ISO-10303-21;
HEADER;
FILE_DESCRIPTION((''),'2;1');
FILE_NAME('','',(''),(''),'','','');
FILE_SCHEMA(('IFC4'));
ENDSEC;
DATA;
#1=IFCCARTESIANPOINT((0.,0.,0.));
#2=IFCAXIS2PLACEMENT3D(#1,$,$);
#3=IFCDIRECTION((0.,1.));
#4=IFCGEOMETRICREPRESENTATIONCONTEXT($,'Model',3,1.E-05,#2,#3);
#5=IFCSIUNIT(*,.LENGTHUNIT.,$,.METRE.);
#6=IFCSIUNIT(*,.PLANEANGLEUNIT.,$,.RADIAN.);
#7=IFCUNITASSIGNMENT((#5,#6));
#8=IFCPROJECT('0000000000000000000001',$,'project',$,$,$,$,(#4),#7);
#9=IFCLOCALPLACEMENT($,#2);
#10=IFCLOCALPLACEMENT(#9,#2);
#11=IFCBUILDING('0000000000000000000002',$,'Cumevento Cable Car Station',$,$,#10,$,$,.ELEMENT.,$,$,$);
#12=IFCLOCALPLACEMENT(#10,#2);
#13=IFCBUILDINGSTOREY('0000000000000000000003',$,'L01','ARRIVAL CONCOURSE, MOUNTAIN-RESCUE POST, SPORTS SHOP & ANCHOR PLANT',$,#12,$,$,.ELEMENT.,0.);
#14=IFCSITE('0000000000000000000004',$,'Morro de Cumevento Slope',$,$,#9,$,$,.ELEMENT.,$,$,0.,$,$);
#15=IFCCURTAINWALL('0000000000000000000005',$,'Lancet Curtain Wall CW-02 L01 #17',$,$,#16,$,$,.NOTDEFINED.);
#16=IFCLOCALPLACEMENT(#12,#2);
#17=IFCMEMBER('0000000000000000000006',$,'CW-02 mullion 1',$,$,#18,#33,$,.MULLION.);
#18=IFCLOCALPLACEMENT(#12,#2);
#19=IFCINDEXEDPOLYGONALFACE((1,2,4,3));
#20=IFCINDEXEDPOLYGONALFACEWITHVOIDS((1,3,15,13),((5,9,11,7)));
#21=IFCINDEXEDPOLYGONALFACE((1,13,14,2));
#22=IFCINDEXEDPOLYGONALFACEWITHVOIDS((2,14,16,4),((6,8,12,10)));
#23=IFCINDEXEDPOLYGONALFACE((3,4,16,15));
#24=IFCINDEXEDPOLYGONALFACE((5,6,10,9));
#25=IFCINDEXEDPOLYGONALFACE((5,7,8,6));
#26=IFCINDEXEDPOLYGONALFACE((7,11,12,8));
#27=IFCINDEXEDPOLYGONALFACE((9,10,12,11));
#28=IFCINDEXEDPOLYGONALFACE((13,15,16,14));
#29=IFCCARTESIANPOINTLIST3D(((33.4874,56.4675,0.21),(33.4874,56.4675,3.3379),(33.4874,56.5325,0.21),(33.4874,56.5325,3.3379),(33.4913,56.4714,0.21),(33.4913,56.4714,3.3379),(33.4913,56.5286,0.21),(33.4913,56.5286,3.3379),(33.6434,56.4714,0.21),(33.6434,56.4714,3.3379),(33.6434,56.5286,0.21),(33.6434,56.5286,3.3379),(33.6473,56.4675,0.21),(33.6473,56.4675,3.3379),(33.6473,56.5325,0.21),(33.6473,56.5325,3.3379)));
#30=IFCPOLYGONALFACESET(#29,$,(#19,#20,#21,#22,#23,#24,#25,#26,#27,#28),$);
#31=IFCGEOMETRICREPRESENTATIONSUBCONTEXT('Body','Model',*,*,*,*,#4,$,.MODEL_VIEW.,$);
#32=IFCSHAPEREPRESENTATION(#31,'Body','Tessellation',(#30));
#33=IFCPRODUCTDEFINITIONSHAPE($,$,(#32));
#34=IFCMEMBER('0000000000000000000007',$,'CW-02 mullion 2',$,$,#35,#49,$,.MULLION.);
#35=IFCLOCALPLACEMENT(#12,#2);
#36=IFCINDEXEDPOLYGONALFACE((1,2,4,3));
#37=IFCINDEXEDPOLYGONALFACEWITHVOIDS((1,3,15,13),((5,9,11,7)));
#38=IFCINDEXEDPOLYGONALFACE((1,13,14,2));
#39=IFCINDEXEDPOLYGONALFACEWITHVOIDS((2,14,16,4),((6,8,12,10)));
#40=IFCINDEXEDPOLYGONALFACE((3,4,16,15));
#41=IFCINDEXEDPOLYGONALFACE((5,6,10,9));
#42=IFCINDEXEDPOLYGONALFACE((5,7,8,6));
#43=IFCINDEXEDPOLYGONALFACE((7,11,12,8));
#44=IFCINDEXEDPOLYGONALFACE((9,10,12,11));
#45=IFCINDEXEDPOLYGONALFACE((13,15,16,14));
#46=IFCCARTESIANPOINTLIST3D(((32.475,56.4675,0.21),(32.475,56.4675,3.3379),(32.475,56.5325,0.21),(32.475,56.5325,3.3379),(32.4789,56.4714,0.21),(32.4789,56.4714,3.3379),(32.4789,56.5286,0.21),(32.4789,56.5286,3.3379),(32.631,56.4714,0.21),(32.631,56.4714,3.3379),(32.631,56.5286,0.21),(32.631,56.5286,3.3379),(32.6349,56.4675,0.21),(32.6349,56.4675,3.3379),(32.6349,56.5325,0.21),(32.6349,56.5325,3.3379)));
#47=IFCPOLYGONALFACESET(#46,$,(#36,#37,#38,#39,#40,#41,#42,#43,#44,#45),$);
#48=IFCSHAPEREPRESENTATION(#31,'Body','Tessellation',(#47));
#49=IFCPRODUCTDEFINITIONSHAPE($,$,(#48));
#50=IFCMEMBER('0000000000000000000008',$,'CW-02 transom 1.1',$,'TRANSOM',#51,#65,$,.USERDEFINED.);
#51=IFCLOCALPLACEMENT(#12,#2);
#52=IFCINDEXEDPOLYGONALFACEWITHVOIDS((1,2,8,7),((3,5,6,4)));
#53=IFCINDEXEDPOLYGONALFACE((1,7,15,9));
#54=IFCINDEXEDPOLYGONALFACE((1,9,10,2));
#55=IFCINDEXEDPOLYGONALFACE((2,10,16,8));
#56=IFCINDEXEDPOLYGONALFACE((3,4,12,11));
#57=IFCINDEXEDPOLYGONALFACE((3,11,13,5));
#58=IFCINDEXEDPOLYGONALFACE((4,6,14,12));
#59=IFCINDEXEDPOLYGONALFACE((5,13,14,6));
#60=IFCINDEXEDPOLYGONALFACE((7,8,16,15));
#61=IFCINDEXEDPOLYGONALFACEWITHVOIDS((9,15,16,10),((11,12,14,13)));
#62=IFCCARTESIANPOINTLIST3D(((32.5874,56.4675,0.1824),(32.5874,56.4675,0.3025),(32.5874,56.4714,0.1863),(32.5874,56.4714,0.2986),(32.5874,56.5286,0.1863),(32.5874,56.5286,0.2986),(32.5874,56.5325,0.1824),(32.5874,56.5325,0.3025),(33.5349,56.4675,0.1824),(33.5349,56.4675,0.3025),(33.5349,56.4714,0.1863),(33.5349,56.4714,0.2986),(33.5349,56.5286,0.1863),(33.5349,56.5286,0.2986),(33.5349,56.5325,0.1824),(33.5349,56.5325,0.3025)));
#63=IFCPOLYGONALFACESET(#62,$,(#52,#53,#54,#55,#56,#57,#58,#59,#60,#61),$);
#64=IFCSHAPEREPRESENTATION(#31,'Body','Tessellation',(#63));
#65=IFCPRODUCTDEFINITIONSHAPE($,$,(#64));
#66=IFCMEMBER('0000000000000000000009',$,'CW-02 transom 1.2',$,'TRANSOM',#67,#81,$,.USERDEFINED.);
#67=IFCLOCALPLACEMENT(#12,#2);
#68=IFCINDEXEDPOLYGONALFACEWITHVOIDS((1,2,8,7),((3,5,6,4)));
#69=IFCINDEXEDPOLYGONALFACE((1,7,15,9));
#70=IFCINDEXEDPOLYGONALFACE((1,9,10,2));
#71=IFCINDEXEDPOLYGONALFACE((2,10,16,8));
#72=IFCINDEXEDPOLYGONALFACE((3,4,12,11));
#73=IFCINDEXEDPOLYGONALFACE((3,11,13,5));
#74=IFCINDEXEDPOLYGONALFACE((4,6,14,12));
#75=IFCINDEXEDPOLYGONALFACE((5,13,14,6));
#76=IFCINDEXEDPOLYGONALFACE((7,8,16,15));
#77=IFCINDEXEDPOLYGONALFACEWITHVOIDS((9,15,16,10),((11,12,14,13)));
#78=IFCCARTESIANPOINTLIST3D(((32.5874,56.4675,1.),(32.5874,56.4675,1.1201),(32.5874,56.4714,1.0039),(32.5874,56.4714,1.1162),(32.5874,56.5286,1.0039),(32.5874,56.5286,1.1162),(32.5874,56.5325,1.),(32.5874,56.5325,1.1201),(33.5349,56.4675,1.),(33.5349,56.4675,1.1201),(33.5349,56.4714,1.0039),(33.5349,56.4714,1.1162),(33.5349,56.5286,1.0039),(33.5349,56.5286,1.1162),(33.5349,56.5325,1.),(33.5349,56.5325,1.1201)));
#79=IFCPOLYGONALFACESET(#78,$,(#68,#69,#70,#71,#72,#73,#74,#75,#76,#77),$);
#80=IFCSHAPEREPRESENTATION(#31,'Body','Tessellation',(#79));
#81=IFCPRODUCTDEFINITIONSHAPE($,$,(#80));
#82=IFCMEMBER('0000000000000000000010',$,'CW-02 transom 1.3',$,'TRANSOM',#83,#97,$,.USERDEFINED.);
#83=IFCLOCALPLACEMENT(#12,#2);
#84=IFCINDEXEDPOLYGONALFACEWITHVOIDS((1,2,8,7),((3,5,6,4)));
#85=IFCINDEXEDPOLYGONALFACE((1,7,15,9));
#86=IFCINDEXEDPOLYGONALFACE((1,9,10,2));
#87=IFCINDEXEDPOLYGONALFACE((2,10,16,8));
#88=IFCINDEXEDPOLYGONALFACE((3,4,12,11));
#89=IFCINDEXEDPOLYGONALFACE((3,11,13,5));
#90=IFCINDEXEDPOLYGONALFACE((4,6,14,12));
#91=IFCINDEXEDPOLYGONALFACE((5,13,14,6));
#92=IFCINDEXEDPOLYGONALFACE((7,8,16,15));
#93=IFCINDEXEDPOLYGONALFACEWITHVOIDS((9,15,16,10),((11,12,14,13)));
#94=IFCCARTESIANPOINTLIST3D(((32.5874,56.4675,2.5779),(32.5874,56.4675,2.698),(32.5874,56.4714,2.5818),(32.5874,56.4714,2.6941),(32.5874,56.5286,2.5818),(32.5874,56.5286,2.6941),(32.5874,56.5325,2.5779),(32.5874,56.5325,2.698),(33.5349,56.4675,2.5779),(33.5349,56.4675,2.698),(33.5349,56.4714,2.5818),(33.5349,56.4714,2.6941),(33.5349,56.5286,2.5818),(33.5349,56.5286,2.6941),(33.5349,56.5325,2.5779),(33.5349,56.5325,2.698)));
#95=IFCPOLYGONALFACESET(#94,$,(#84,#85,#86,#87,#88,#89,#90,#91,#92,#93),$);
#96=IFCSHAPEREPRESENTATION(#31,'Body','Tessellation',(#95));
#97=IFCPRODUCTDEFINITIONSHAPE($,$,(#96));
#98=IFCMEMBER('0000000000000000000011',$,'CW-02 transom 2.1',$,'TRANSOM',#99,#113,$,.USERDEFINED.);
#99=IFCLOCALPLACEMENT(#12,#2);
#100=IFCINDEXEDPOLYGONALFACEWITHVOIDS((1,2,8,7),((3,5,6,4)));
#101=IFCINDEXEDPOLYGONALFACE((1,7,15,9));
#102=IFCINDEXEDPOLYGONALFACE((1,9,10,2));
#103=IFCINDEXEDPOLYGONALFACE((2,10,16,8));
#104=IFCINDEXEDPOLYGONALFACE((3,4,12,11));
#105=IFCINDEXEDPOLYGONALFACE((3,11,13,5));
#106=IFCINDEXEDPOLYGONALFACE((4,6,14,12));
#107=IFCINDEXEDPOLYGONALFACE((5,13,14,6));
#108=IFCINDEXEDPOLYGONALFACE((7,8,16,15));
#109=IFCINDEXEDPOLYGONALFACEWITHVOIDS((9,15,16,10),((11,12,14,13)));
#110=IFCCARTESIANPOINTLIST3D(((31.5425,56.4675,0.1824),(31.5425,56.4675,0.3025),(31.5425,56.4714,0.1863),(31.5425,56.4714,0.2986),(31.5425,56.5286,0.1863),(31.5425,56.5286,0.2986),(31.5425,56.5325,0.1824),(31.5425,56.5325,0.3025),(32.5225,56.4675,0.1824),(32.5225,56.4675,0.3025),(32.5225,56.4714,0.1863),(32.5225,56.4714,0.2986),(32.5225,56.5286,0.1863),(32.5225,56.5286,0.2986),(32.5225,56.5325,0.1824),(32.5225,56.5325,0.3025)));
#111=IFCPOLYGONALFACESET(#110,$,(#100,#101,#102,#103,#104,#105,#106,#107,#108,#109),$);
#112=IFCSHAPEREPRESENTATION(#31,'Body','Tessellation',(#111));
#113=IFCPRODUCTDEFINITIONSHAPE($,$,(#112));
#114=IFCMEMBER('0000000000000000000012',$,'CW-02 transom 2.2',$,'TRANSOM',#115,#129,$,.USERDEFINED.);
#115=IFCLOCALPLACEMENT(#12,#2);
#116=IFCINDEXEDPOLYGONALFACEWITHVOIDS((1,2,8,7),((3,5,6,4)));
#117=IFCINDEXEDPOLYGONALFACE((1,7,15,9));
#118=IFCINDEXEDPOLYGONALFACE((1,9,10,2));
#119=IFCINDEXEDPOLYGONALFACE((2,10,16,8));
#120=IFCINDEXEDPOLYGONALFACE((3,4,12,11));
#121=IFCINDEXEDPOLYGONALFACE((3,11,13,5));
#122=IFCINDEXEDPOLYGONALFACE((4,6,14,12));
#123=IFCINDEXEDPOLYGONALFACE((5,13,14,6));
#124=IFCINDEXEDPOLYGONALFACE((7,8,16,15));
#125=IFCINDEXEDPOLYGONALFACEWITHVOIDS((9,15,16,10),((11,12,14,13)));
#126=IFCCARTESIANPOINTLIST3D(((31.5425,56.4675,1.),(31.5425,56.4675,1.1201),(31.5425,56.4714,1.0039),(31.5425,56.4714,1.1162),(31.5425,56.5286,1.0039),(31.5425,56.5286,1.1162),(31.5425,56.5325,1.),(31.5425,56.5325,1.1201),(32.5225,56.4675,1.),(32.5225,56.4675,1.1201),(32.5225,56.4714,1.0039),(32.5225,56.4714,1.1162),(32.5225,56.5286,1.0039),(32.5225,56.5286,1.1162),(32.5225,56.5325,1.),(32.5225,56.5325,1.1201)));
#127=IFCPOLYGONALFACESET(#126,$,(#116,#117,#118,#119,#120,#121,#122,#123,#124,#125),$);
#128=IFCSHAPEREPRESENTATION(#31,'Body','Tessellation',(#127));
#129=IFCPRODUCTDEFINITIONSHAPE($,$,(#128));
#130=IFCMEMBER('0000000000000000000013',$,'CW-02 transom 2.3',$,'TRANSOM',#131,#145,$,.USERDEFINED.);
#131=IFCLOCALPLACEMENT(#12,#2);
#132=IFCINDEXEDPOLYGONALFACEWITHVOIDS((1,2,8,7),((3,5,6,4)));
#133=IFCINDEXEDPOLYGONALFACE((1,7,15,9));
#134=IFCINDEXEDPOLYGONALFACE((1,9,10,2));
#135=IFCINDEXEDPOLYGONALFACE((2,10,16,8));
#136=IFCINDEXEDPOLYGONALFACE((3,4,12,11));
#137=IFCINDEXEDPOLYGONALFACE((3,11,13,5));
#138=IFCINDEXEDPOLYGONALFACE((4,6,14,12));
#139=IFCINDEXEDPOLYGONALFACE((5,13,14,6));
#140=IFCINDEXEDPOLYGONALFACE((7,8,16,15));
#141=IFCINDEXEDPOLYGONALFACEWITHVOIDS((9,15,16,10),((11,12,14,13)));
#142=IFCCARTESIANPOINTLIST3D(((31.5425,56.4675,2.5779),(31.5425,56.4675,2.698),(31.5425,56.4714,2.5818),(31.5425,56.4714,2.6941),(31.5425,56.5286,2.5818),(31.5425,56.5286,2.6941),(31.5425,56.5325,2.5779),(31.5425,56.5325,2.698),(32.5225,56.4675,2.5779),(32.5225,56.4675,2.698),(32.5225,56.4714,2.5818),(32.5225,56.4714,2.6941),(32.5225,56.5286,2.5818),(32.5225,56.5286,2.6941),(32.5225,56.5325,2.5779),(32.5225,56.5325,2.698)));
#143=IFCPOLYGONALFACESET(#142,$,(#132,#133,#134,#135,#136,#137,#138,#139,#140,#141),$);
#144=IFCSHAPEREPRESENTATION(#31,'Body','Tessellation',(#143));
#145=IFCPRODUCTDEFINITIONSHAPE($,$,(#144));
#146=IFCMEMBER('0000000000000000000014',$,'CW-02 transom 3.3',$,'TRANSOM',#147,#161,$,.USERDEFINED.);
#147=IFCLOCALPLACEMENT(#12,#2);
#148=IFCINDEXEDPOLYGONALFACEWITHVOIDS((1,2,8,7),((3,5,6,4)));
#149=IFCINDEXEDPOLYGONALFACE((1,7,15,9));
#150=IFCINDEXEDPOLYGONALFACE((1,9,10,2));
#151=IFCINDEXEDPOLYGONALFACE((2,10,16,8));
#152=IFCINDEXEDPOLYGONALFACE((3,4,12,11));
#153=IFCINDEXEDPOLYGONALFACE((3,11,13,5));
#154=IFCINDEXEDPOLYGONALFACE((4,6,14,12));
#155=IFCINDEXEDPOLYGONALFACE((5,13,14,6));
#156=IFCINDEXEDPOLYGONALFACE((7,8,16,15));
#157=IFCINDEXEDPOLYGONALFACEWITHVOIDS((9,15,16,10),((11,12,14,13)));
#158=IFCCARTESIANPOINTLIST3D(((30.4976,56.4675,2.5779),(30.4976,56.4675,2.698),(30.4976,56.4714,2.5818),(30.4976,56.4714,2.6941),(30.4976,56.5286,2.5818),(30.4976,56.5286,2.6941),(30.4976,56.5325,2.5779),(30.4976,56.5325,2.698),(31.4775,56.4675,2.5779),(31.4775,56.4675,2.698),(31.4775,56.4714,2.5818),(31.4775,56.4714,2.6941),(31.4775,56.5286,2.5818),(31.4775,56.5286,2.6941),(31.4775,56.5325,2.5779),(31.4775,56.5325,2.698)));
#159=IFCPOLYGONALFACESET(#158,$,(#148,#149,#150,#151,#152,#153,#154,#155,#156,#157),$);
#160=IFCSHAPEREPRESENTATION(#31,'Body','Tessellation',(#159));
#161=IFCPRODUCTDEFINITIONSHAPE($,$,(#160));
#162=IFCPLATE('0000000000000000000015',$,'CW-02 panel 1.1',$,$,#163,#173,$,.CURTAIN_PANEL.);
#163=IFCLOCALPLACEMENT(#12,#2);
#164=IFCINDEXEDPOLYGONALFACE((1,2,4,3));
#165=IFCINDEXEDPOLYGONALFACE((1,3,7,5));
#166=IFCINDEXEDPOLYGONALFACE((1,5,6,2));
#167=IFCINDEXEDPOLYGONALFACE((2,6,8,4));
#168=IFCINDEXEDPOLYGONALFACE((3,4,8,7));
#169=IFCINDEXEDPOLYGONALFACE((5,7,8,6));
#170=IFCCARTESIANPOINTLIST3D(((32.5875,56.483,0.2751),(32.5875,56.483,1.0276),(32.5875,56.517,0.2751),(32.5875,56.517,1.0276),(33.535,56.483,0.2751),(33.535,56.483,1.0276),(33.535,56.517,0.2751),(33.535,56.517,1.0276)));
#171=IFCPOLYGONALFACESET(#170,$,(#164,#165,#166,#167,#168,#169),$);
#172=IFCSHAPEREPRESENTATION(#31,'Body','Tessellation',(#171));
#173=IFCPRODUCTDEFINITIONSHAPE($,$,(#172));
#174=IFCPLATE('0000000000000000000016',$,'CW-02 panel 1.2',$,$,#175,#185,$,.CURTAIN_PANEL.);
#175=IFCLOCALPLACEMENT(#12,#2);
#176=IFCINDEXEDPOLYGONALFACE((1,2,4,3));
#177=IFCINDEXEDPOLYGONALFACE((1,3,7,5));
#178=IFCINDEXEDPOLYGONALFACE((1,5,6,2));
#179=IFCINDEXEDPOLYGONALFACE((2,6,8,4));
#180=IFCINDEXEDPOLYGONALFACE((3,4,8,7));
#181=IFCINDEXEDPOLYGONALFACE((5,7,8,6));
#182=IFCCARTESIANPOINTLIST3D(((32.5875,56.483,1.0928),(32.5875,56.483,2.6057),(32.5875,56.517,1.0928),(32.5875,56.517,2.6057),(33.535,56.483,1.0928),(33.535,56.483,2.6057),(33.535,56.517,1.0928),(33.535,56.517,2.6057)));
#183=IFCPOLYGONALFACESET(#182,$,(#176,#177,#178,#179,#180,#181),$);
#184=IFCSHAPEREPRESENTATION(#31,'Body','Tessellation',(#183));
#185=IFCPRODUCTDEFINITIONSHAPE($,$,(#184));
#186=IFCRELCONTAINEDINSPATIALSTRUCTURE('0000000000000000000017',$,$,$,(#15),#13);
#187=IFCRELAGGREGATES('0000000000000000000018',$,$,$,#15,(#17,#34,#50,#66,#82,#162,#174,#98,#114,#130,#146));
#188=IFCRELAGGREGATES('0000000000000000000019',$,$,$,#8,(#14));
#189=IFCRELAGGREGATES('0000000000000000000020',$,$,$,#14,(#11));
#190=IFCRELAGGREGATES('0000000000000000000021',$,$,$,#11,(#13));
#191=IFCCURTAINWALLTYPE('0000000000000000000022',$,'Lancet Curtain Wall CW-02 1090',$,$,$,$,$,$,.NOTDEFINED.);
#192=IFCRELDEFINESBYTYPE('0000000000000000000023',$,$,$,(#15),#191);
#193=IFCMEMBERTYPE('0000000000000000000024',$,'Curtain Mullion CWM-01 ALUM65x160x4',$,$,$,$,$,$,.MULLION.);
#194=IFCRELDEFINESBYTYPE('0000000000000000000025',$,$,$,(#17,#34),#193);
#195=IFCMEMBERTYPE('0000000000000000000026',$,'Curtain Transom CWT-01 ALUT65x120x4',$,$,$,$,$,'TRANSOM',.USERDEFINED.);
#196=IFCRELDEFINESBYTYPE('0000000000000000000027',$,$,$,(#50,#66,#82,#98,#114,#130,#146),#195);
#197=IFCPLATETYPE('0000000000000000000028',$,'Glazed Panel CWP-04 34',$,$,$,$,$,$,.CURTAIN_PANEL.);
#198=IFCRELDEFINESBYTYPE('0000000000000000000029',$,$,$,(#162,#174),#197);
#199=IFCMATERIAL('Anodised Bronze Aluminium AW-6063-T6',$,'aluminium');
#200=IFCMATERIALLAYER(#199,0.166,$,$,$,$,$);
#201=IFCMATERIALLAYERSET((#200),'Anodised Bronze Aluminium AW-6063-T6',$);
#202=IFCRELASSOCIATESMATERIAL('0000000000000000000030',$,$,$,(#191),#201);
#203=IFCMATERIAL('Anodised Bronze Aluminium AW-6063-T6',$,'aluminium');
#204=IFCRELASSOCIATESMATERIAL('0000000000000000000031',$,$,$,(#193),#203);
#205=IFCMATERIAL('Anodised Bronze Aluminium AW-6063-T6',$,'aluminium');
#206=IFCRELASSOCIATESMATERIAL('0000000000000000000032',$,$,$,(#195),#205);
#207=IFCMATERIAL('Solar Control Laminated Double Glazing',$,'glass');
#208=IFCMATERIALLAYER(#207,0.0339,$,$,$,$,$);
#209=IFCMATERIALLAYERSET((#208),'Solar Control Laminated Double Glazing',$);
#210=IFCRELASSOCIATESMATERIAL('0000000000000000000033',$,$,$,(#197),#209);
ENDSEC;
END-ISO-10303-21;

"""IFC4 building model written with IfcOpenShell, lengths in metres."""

from ifc_helpers import new_model, si_unit, direction, frame, origin, origin_2d, place, context, subcontext, project, spatial, rectangle, hollow_rectangle, extrude, material, layer, layer_set, material_profile, profile_set, type_object, element, aggregate, save


model = new_model("IFC4")

# Units and contexts
model_context = context("Model", 3, precision=1e-05, world=origin(), true_north=direction((0.0, 1.0)))
body_context = subcontext(model_context, "Body", "Model", "MODEL_VIEW")
ifc_project = project(units=[si_unit("LENGTHUNIT", "METRE"), si_unit("PLANEANGLEUNIT", "RADIAN")], contexts=[model_context])

# Site, building, storey
site_placement = place(None, origin())
site = spatial("IfcSite", under=ifc_project, at=site_placement, Name="Morro de Cumevento Slope", CompositionType="ELEMENT", RefElevation=0.0)
building_placement = place(site_placement, origin())
building = spatial("IfcBuilding", under=site, at=building_placement, Name="Cumevento Cable Car Station", CompositionType="ELEMENT")
storey_placement = place(building_placement, origin())
storey = spatial("IfcBuildingStorey", under=building, at=storey_placement, Name="L01", Description="ARRIVAL CONCOURSE, MOUNTAIN-RESCUE POST, SPORTS SHOP & ANCHOR PLANT", CompositionType="ELEMENT", Elevation=0.0)

# Curtain wall, members, plates
ifc_material_1 = material(Name="Anodised Bronze Aluminium AW-6063-T6", Category="aluminium")
ifc_layer_1 = layer(ifc_material_1, 0.166)
ifc_layer_set_1 = layer_set([ifc_layer_1], Name="Anodised Bronze Aluminium AW-6063-T6")
curtain_wall_type = type_object("IfcCurtainWallType", Name="Lancet Curtain Wall CW-02 1090", PredefinedType="NOTDEFINED", material=ifc_layer_set_1)
curtain_wall_placement = place(storey_placement, origin())
curtain_wall = element("IfcCurtainWall", 1, at=curtain_wall_placement, inside=storey, type_object=curtain_wall_type, Name="Lancet Curtain Wall CW-02 L01 #17", PredefinedType="NOTDEFINED")
ifc_material_2 = material(Name="Anodised Bronze Aluminium AW-6063-T6", Category="aluminium")
ifc_material_profile_1 = material_profile(ifc_material_2, hollow_rectangle(XDim=0.0649, YDim=0.1599, WallThickness=0.0039, at=origin_2d()), Name="ALUM65x160x4")
ifc_profile_set_1 = profile_set([ifc_material_profile_1], Name="Anodised Bronze Aluminium AW-6063-T6")
member_type_1 = type_object("IfcMemberType", Name="Curtain Mullion CWM-01 ALUM65x160x4", PredefinedType="MULLION", material=ifc_profile_set_1)
member_1_placement = place(storey_placement, frame((33.5674, 56.5, 0.21), z_axis=(0.0, 0.0, 1.0), x_axis=(0.0, -1.0, 0.0)))
member_1 = element("IfcMember", 2, at=member_1_placement, type_object=member_type_1, Name="CW-02 mullion 1", PredefinedType="MULLION", context=body_context, shape_type="SweptSolid", body=[
    extrude(hollow_rectangle(XDim=0.0649, YDim=0.1599, WallThickness=0.0039, at=origin_2d()), origin(), (0.0, 0.0, 1.0), 3.1279),
])
member_2_placement = place(storey_placement, frame((32.5549, 56.5, 0.21), z_axis=(0.0, 0.0, 1.0), x_axis=(0.0, -1.0, 0.0)))
member_2 = element("IfcMember", 3, at=member_2_placement, type_object=member_type_1, Name="CW-02 mullion 2", PredefinedType="MULLION", context=body_context, shape_type="SweptSolid", body=[
    extrude(hollow_rectangle(XDim=0.0649, YDim=0.1599, WallThickness=0.0039, at=origin_2d()), origin(), (0.0, 0.0, 1.0), 3.1279),
])
ifc_material_3 = material(Name="Anodised Bronze Aluminium AW-6063-T6", Category="aluminium")
ifc_material_profile_2 = material_profile(ifc_material_3, hollow_rectangle(XDim=0.0649, YDim=0.1201, WallThickness=0.0039, at=origin_2d()), Name="ALUT65x120x4")
ifc_profile_set_2 = profile_set([ifc_material_profile_2], Name="Anodised Bronze Aluminium AW-6063-T6")
member_type_2 = type_object("IfcMemberType", Name="Curtain Transom CWT-01 ALUT65x120x4", ElementType="TRANSOM", PredefinedType="USERDEFINED", material=ifc_profile_set_2)
member_3_placement = place(storey_placement, frame((33.5349, 56.5, 0.2424), z_axis=(-1.0, 0.0, 0.0), x_axis=(0.0, -1.0, 0.0)))
member_3 = element("IfcMember", 4, at=member_3_placement, type_object=member_type_2, Name="CW-02 transom 1.1", ObjectType="TRANSOM", PredefinedType="USERDEFINED", context=body_context, shape_type="SweptSolid", body=[
    extrude(hollow_rectangle(XDim=0.0649, YDim=0.1201, WallThickness=0.0039, at=origin_2d()), origin(), (0.0, 0.0, 1.0), 0.9475),
])
member_4_placement = place(storey_placement, frame((33.5349, 56.5, 1.0601), z_axis=(-1.0, 0.0, 0.0), x_axis=(0.0, -1.0, 0.0)))
member_4 = element("IfcMember", 5, at=member_4_placement, type_object=member_type_2, Name="CW-02 transom 1.2", ObjectType="TRANSOM", PredefinedType="USERDEFINED", context=body_context, shape_type="SweptSolid", body=[
    extrude(hollow_rectangle(XDim=0.0649, YDim=0.1201, WallThickness=0.0039, at=origin_2d()), origin(), (0.0, 0.0, 1.0), 0.9475),
])
member_5_placement = place(storey_placement, frame((33.5349, 56.5, 2.6379), z_axis=(-1.0, 0.0, 0.0), x_axis=(0.0, -1.0, 0.0)))
member_5 = element("IfcMember", 6, at=member_5_placement, type_object=member_type_2, Name="CW-02 transom 1.3", ObjectType="TRANSOM", PredefinedType="USERDEFINED", context=body_context, shape_type="SweptSolid", body=[
    extrude(hollow_rectangle(XDim=0.0649, YDim=0.1201, WallThickness=0.0039, at=origin_2d()), origin(), (0.0, 0.0, 1.0), 0.9475),
])
member_6_placement = place(storey_placement, frame((32.5225, 56.5, 0.2424), z_axis=(-1.0, 0.0, 0.0), x_axis=(0.0, -1.0, 0.0)))
member_6 = element("IfcMember", 7, at=member_6_placement, type_object=member_type_2, Name="CW-02 transom 2.1", ObjectType="TRANSOM", PredefinedType="USERDEFINED", context=body_context, shape_type="SweptSolid", body=[
    extrude(hollow_rectangle(XDim=0.0649, YDim=0.1201, WallThickness=0.0039, at=origin_2d()), origin(), (0.0, 0.0, 1.0), 0.98),
])
member_7_placement = place(storey_placement, frame((32.5225, 56.5, 1.0601), z_axis=(-1.0, 0.0, 0.0), x_axis=(0.0, -1.0, 0.0)))
member_7 = element("IfcMember", 8, at=member_7_placement, type_object=member_type_2, Name="CW-02 transom 2.2", ObjectType="TRANSOM", PredefinedType="USERDEFINED", context=body_context, shape_type="SweptSolid", body=[
    extrude(hollow_rectangle(XDim=0.0649, YDim=0.1201, WallThickness=0.0039, at=origin_2d()), origin(), (0.0, 0.0, 1.0), 0.98),
])
member_8_placement = place(storey_placement, frame((32.5225, 56.5, 2.6379), z_axis=(-1.0, 0.0, 0.0), x_axis=(0.0, -1.0, 0.0)))
member_8 = element("IfcMember", 9, at=member_8_placement, type_object=member_type_2, Name="CW-02 transom 2.3", ObjectType="TRANSOM", PredefinedType="USERDEFINED", context=body_context, shape_type="SweptSolid", body=[
    extrude(hollow_rectangle(XDim=0.0649, YDim=0.1201, WallThickness=0.0039, at=origin_2d()), origin(), (0.0, 0.0, 1.0), 0.98),
])
member_9_placement = place(storey_placement, frame((31.4775, 56.5, 2.6379), z_axis=(-1.0, 0.0, 0.0), x_axis=(0.0, -1.0, 0.0)))
member_9 = element("IfcMember", 10, at=member_9_placement, type_object=member_type_2, Name="CW-02 transom 3.3", ObjectType="TRANSOM", PredefinedType="USERDEFINED", context=body_context, shape_type="SweptSolid", body=[
    extrude(hollow_rectangle(XDim=0.0649, YDim=0.1201, WallThickness=0.0039, at=origin_2d()), origin(), (0.0, 0.0, 1.0), 0.98),
])
ifc_material_4 = material(Name="Solar Control Laminated Double Glazing", Category="glass")
ifc_layer_2 = layer(ifc_material_4, 0.0339)
ifc_layer_set_2 = layer_set([ifc_layer_2], Name="Solar Control Laminated Double Glazing")
plate_type = type_object("IfcPlateType", Name="Glazed Panel CWP-04 34", PredefinedType="CURTAIN_PANEL", material=ifc_layer_set_2)
plate_1_placement = place(storey_placement, frame((33.0613, 56.5, 0.2751), z_axis=(0.0, 0.0, 1.0), x_axis=(-1.0, 0.0, 0.0)))
plate_1 = element("IfcPlate", 11, at=plate_1_placement, type_object=plate_type, Name="CW-02 panel 1.1", PredefinedType="CURTAIN_PANEL", context=body_context, shape_type="SweptSolid", body=[
    extrude(rectangle(XDim=0.9475, YDim=0.0339, at=origin_2d()), origin(), (0.0, 0.0, 1.0), 0.7524),
])
plate_2_placement = place(storey_placement, frame((33.0613, 56.5, 1.0928), z_axis=(0.0, 0.0, 1.0), x_axis=(-1.0, 0.0, 0.0)))
plate_2 = element("IfcPlate", 12, at=plate_2_placement, type_object=plate_type, Name="CW-02 panel 1.2", PredefinedType="CURTAIN_PANEL", context=body_context, shape_type="SweptSolid", body=[
    extrude(rectangle(XDim=0.9475, YDim=0.0339, at=origin_2d()), origin(), (0.0, 0.0, 1.0), 1.5129),
])
aggregate(curtain_wall, [member_1, member_2, member_3, member_4, member_5, plate_1, plate_2, member_6, member_7, member_8, member_9])

save(model, "model.ifc")
